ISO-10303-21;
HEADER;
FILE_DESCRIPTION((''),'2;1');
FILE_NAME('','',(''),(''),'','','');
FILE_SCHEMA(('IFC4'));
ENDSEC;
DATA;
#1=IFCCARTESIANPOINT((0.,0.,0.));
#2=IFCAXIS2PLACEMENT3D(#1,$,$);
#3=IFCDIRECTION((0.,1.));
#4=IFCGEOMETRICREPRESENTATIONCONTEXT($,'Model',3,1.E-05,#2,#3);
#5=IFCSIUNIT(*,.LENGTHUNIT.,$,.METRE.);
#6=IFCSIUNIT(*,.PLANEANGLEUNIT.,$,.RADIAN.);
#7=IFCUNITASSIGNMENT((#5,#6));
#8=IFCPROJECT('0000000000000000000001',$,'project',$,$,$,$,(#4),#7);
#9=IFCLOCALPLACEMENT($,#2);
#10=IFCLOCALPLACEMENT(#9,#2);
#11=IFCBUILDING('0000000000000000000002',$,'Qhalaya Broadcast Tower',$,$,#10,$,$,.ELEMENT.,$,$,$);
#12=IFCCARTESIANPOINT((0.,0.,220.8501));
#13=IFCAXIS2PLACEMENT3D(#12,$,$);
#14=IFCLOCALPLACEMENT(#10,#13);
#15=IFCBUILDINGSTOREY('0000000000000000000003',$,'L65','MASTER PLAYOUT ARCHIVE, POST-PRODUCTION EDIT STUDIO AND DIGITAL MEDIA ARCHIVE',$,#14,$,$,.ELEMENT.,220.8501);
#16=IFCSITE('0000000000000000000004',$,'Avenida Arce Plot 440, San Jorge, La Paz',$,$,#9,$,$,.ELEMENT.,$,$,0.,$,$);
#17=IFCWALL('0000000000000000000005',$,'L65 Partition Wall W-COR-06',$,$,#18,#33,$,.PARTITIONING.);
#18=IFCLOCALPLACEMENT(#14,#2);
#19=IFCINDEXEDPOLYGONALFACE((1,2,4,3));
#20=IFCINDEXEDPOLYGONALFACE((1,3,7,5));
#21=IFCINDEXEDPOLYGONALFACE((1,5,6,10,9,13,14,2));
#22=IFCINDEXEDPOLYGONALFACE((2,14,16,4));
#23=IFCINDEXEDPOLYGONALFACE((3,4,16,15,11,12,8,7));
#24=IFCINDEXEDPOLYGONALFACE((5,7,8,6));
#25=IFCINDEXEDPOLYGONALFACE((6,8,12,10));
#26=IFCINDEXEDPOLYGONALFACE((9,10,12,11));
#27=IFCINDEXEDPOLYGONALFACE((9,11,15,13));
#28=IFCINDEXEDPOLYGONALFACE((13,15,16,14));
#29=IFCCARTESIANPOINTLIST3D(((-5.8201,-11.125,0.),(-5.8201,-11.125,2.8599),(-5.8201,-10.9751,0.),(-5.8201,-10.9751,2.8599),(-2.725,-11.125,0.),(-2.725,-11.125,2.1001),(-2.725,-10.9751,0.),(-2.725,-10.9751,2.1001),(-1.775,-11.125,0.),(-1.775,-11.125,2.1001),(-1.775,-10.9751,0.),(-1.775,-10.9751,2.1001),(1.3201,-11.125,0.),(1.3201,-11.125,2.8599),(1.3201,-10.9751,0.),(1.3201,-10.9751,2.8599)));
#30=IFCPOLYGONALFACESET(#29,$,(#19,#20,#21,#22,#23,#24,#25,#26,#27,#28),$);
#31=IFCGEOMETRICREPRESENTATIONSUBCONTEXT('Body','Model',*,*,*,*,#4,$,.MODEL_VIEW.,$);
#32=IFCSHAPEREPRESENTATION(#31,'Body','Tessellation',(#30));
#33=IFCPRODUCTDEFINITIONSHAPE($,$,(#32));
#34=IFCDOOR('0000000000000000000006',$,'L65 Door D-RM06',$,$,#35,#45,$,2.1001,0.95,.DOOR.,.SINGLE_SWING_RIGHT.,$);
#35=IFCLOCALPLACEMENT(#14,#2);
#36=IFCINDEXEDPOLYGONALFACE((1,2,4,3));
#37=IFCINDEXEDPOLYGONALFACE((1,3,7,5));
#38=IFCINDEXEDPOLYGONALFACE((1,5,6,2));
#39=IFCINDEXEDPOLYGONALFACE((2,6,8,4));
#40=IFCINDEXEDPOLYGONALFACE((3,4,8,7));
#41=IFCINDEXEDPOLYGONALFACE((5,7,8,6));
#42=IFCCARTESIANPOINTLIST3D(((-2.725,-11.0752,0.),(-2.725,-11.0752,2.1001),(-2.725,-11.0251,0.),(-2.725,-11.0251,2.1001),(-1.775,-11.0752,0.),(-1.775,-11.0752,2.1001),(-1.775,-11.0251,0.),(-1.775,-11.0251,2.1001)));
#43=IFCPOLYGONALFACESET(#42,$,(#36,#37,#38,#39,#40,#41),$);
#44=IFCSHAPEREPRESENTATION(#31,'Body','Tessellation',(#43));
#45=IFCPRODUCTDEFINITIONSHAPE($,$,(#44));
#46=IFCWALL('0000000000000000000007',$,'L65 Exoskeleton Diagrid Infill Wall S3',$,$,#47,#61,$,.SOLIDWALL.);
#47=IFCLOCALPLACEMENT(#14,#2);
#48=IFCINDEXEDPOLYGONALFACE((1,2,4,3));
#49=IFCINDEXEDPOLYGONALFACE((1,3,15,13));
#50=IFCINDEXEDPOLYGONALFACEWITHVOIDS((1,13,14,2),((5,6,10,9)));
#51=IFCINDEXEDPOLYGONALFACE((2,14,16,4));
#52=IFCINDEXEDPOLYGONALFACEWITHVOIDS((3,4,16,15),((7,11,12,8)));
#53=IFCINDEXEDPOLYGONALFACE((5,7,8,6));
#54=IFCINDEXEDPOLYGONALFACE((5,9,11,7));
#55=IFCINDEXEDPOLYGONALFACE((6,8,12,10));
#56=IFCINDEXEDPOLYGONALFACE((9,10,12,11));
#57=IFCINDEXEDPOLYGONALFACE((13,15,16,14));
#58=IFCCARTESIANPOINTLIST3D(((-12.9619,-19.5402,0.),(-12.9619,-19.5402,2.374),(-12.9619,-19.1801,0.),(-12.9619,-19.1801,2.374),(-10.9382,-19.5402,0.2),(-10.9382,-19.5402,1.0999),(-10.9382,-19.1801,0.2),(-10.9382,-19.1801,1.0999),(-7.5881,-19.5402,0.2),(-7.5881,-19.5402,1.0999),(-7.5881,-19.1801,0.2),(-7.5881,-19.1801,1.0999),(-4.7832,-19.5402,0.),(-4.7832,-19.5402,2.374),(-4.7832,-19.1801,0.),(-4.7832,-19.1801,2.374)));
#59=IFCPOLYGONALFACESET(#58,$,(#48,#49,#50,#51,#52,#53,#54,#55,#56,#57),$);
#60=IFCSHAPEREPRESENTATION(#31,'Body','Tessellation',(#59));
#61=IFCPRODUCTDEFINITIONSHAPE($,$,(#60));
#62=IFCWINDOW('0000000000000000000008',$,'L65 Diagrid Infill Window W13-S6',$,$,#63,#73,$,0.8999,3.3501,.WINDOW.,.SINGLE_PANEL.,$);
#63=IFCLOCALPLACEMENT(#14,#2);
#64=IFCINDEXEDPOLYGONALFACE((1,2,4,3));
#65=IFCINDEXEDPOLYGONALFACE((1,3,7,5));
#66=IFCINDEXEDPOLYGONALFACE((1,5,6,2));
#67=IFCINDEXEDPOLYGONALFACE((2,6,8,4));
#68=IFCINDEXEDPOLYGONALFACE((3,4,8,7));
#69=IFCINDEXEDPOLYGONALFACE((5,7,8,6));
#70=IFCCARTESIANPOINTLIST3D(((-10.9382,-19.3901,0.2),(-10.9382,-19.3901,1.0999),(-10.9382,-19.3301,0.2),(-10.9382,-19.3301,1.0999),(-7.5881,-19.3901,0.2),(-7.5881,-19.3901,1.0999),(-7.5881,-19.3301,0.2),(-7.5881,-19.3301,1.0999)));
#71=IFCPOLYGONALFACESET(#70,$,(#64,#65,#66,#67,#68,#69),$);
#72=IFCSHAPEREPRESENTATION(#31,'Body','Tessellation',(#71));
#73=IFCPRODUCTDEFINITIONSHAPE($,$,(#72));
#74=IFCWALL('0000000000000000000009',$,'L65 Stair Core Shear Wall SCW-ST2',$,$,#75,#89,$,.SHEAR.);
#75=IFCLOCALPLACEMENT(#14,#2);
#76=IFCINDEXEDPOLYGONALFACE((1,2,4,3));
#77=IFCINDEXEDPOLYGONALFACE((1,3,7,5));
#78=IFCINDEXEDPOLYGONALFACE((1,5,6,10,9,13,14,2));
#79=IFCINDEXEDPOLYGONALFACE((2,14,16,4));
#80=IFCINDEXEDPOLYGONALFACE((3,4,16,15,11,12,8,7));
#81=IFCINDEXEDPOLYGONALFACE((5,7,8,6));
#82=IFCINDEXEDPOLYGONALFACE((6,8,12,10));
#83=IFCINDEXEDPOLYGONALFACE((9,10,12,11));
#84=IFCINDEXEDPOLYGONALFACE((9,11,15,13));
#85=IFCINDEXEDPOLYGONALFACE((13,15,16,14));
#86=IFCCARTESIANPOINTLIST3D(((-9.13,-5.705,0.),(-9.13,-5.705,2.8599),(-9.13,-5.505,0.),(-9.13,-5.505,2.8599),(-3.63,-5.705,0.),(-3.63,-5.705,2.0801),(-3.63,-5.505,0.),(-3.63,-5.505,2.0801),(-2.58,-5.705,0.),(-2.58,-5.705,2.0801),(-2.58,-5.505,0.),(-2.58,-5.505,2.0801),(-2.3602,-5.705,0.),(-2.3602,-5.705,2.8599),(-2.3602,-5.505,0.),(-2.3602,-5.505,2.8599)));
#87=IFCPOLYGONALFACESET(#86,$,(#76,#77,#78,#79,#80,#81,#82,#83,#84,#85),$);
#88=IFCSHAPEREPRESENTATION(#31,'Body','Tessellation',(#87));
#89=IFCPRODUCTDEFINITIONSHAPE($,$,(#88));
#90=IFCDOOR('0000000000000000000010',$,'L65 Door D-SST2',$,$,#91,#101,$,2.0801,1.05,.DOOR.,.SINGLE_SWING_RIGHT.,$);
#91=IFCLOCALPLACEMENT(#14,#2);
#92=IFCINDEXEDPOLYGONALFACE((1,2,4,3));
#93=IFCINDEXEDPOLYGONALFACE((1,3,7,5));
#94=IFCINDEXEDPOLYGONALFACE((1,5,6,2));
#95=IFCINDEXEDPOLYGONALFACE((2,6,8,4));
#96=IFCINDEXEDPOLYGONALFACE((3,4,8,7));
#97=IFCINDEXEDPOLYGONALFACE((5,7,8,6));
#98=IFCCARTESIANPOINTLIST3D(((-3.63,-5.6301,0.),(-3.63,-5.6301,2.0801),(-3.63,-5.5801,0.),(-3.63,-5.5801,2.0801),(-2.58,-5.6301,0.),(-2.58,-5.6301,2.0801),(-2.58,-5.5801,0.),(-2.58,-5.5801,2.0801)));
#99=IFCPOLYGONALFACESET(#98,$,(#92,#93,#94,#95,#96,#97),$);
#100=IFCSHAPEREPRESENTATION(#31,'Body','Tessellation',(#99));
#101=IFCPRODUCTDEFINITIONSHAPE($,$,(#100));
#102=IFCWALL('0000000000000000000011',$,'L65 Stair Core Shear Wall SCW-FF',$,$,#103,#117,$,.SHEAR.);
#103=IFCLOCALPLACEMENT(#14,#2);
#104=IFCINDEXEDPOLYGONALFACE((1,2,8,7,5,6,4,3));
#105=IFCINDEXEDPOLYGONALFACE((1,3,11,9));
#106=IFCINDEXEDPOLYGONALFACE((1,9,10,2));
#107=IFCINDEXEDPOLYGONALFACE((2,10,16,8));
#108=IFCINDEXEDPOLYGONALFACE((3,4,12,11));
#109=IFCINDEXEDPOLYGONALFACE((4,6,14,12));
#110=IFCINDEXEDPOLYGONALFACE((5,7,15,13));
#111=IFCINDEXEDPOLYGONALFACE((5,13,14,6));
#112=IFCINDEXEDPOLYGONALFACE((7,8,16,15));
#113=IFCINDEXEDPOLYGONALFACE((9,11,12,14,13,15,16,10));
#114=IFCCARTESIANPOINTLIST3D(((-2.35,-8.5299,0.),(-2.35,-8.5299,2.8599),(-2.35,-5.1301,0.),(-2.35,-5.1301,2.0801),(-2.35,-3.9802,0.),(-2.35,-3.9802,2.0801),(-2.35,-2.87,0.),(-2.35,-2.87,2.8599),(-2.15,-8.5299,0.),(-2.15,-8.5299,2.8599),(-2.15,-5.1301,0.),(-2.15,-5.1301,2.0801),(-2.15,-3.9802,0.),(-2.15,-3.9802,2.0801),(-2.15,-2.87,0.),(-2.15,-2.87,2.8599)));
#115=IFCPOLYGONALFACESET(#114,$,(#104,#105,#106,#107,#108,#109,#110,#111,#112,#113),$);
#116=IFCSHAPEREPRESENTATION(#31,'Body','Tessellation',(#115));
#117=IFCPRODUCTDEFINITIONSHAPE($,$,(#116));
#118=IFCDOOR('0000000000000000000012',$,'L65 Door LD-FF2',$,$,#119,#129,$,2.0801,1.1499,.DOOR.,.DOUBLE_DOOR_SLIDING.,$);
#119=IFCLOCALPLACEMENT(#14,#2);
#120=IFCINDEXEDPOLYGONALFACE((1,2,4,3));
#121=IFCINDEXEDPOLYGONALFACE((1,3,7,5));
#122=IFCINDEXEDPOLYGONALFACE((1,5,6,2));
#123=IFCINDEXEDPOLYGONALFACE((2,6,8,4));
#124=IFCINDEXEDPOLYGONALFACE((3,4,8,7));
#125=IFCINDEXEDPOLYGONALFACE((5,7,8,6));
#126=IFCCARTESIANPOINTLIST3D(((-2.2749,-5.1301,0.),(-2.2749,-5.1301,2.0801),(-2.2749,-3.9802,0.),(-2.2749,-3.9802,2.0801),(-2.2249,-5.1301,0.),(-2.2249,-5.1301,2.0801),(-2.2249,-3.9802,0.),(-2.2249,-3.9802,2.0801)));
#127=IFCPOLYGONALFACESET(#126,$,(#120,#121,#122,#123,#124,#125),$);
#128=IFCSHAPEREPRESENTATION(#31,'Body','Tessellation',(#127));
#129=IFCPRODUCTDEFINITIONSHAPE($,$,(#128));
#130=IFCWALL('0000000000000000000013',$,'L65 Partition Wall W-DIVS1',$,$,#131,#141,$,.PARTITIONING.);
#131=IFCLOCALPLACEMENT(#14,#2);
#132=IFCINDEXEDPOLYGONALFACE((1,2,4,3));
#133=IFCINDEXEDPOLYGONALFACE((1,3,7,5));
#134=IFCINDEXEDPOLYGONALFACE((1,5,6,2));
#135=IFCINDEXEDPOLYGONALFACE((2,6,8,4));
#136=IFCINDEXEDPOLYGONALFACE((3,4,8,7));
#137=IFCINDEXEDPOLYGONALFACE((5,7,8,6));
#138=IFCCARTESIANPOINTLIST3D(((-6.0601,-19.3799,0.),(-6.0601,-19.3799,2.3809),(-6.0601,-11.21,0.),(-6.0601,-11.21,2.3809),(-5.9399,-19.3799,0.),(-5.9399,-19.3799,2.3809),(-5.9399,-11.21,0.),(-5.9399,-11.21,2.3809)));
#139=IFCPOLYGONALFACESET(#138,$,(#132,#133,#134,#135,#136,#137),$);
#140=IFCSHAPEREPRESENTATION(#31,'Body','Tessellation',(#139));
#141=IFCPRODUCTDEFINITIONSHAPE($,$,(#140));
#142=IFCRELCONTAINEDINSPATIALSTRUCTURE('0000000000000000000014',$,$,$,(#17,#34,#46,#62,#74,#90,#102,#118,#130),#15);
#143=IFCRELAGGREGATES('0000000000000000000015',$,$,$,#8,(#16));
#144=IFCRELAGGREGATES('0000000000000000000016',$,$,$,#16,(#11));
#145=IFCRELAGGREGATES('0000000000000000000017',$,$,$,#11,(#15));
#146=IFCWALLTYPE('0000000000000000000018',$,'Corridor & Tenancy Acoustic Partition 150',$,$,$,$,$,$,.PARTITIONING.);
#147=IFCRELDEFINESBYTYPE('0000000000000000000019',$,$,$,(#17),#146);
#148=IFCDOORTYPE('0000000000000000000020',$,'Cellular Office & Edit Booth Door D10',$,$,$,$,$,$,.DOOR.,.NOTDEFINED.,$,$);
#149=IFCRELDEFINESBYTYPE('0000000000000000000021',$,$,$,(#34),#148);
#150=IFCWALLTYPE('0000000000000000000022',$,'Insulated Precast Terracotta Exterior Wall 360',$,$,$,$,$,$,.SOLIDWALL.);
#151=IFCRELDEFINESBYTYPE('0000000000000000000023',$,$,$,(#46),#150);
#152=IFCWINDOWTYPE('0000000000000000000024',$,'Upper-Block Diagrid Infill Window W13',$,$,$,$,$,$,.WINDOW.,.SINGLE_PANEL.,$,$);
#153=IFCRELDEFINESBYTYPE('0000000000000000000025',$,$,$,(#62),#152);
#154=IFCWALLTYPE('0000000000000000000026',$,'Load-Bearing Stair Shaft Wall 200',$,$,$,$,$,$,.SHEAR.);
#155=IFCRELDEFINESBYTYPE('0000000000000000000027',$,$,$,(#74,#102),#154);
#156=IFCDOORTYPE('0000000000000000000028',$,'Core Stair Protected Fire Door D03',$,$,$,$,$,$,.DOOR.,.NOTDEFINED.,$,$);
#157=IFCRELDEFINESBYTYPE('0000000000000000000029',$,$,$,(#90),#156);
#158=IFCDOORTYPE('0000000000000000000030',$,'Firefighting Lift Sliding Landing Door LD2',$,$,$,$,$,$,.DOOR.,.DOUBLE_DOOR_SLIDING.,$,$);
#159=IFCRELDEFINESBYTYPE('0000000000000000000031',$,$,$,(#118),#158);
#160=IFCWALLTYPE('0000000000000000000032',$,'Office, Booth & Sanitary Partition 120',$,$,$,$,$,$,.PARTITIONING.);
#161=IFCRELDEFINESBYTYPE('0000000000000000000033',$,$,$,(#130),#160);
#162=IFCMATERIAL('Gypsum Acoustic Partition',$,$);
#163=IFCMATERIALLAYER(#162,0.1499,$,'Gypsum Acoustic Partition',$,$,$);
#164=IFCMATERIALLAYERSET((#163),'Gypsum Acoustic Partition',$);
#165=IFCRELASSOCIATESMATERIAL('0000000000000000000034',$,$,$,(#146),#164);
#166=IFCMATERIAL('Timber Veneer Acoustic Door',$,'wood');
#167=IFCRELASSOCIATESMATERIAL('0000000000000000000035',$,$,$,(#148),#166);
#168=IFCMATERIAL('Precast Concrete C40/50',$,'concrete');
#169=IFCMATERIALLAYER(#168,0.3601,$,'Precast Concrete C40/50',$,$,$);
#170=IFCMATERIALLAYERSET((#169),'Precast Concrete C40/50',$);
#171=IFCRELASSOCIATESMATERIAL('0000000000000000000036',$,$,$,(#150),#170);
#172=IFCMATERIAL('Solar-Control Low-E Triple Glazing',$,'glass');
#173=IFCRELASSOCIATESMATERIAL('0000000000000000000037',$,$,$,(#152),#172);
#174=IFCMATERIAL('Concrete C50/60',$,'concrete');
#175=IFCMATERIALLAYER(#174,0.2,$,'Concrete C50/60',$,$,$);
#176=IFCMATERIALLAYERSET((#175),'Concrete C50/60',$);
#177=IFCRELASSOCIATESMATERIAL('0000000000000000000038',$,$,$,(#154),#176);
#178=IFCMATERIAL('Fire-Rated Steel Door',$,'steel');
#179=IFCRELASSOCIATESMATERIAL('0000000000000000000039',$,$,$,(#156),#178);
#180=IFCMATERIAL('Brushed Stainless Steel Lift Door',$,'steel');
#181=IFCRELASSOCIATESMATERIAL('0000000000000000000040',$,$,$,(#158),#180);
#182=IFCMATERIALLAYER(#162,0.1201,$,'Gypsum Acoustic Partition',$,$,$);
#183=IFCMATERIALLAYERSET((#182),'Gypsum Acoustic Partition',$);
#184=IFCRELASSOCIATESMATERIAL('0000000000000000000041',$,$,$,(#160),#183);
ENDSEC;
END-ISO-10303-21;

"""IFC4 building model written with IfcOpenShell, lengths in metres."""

from ifc_helpers import new_model, si_unit, direction, frame, frame_2d, origin, place, context, subcontext, project, spatial, rectangle, extrude, material, layer, layer_set, type_object, element, fill, save


model = new_model("IFC4")

# Units and contexts
model_context = context("Model", 3, precision=1e-05, world=origin(), true_north=direction((0.0, 1.0)))
body_context = subcontext(model_context, "Body", "Model", "MODEL_VIEW")
ifc_project = project(units=[si_unit("LENGTHUNIT", "METRE"), si_unit("PLANEANGLEUNIT", "RADIAN")], contexts=[model_context])

# Site, building, storey
site_placement = place(None, origin())
site = spatial("IfcSite", under=ifc_project, at=site_placement, Name="Avenida Arce Plot 440, San Jorge, La Paz", CompositionType="ELEMENT", RefElevation=0.0)
building_placement = place(site_placement, origin())
building = spatial("IfcBuilding", under=site, at=building_placement, Name="Qhalaya Broadcast Tower", CompositionType="ELEMENT")
storey_placement = place(building_placement, frame((0.0, 0.0, 220.8501)))
storey = spatial("IfcBuildingStorey", under=building, at=storey_placement, Name="L65", Description="MASTER PLAYOUT ARCHIVE, POST-PRODUCTION EDIT STUDIO AND DIGITAL MEDIA ARCHIVE", CompositionType="ELEMENT", Elevation=220.8501)

# Shared definitions
ifc_material_1 = material(Name="Concrete C50/60", Category="concrete")

# Wall, opening, door
ifc_material_2 = material(Name="Gypsum Acoustic Partition")
ifc_layer_1 = layer(ifc_material_2, 0.1499, Name="Gypsum Acoustic Partition")
ifc_layer_set_1 = layer_set([ifc_layer_1], Name="Gypsum Acoustic Partition")
wall_type_1 = type_object("IfcWallType", Name="Corridor & Tenancy Acoustic Partition 150", PredefinedType="PARTITIONING", material=ifc_layer_set_1)
wall_1_placement = place(storey_placement, frame((-5.8201, -11.05, 0.0), z_axis=(0.0, 0.0, 1.0), x_axis=(1.0, 0.0, 0.0)))
wall_1 = element("IfcWall", 1, at=wall_1_placement, inside=storey, type_object=wall_type_1, Name="L65 Partition Wall W-COR-06", PredefinedType="PARTITIONING", context=body_context, shape_type="SweptSolid", body=[
    extrude(rectangle(XDim=7.1401, YDim=0.1499, at=frame_2d((3.5701, 0.0))), origin(), (0.0, 0.0, 1.0), 2.8599),
])
opening_1_placement = place(wall_1_placement, frame((3.095, 0.0, 0.0)))
opening_1 = element("IfcOpeningElement", 2, at=opening_1_placement, cuts=wall_1, PredefinedType="OPENING", context=body_context, shape_type="SweptSolid", body=[
    extrude(rectangle(XDim=0.95, YDim=2.1001, at=frame_2d((0.4751, 1.05))), frame((0.0, 0.0869, 0.0), z_axis=(0.0, -1.0, 0.0), x_axis=(1.0, 0.0, 0.0)), (0.0, 0.0, 1.0), 0.1738),
])
ifc_material_3 = material(Name="Timber Veneer Acoustic Door", Category="wood")
door_type_1 = type_object("IfcDoorType", Name="Cellular Office & Edit Booth Door D10", OperationType="NOTDEFINED", PredefinedType="DOOR", material=ifc_material_3)
door_1_placement = place(opening_1_placement, origin())
door_1 = element("IfcDoor", 3, at=door_1_placement, inside=storey, type_object=door_type_1, Name="L65 Door D-RM06", OperationType="SINGLE_SWING_RIGHT", OverallHeight=2.1001, OverallWidth=0.95, PredefinedType="DOOR", context=body_context, shape_type="SweptSolid", body=[
    extrude(rectangle(XDim=0.95, YDim=2.1001, at=frame_2d((0.4751, 1.05))), frame((0.0, 0.0249, 0.0), z_axis=(0.0, -1.0, 0.0), x_axis=(1.0, 0.0, 0.0)), (0.0, 0.0, 1.0), 0.05),
])
fill(opening_1, door_1)

# Wall, opening, window
ifc_material_4 = material(Name="Precast Concrete C40/50", Category="concrete")
ifc_layer_2 = layer(ifc_material_4, 0.3601, Name="Precast Concrete C40/50")
ifc_layer_set_2 = layer_set([ifc_layer_2], Name="Precast Concrete C40/50")
wall_type_2 = type_object("IfcWallType", Name="Insulated Precast Terracotta Exterior Wall 360", PredefinedType="SOLIDWALL", material=ifc_layer_set_2)
wall_2_placement = place(storey_placement, frame((-4.7832, -19.3601, 0.0), z_axis=(0.0, 0.0, 1.0), x_axis=(-1.0, 0.0, 0.0)))
wall_2 = element("IfcWall", 4, at=wall_2_placement, inside=storey, type_object=wall_type_2, Name="L65 Exoskeleton Diagrid Infill Wall S3", PredefinedType="SOLIDWALL", context=body_context, shape_type="SweptSolid", body=[
    extrude(rectangle(XDim=8.1787, YDim=0.3601, at=frame_2d((4.0894, 0.0))), origin(), (0.0, 0.0, 1.0), 2.374),
])
opening_2_placement = place(wall_2_placement, frame((2.8049, 0.0, 0.2)))
opening_2 = element("IfcOpeningElement", 5, at=opening_2_placement, cuts=wall_2, PredefinedType="OPENING", context=body_context, shape_type="SweptSolid", body=[
    extrude(rectangle(XDim=3.3501, YDim=0.8999, at=frame_2d((1.675, 0.45))), frame((0.0, 0.1921, 0.0), z_axis=(0.0, -1.0, 0.0), x_axis=(1.0, 0.0, 0.0)), (0.0, 0.0, 1.0), 0.384),
])
ifc_material_5 = material(Name="Solar-Control Low-E Triple Glazing", Category="glass")
window_type = type_object("IfcWindowType", Name="Upper-Block Diagrid Infill Window W13", PartitioningType="SINGLE_PANEL", PredefinedType="WINDOW", material=ifc_material_5)
window_placement = place(opening_2_placement, origin())
window = element("IfcWindow", 6, at=window_placement, inside=storey, type_object=window_type, Name="L65 Diagrid Infill Window W13-S6", OverallHeight=0.8999, OverallWidth=3.3501, PartitioningType="SINGLE_PANEL", PredefinedType="WINDOW", context=body_context, shape_type="SweptSolid", body=[
    extrude(rectangle(XDim=3.3501, YDim=0.8999, at=frame_2d((1.675, 0.45))), frame((0.0, 0.03, 0.0), z_axis=(0.0, -1.0, 0.0), x_axis=(1.0, 0.0, 0.0)), (0.0, 0.0, 1.0), 0.0601),
])
fill(opening_2, window)

# Walls, openings, doors
ifc_layer_3 = layer(ifc_material_1, 0.2, Name="Concrete C50/60")
ifc_layer_set_3 = layer_set([ifc_layer_3], Name="Concrete C50/60")
wall_type_3 = type_object("IfcWallType", Name="Load-Bearing Stair Shaft Wall 200", PredefinedType="SHEAR", material=ifc_layer_set_3)
wall_3_placement = place(storey_placement, frame((-9.1299, -5.605, 0.0), z_axis=(0.0, 0.0, 1.0), x_axis=(1.0, 0.0, 0.0)))
wall_3 = element("IfcWall", 7, at=wall_3_placement, inside=storey, type_object=wall_type_3, Name="L65 Stair Core Shear Wall SCW-ST2", PredefinedType="SHEAR", context=body_context, shape_type="SweptSolid", body=[
    extrude(rectangle(XDim=6.7698, YDim=0.2, at=frame_2d((3.3848, 0.0))), origin(), (0.0, 0.0, 1.0), 2.8599),
])
opening_3_placement = place(wall_3_placement, frame((5.5, 0.0, 0.0)))
opening_3 = element("IfcOpeningElement", 8, at=opening_3_placement, cuts=wall_3, PredefinedType="OPENING", context=body_context, shape_type="SweptSolid", body=[
    extrude(rectangle(XDim=1.05, YDim=2.0801, at=frame_2d((0.5249, 1.04))), frame((0.0, 0.1121, 0.0), z_axis=(0.0, -1.0, 0.0), x_axis=(1.0, 0.0, 0.0)), (0.0, 0.0, 1.0), 0.2239),
])
ifc_material_6 = material(Name="Fire-Rated Steel Door", Category="steel")
door_type_2 = type_object("IfcDoorType", Name="Core Stair Protected Fire Door D03", OperationType="NOTDEFINED", PredefinedType="DOOR", material=ifc_material_6)
door_2_placement = place(opening_3_placement, origin())
door_2 = element("IfcDoor", 9, at=door_2_placement, inside=storey, type_object=door_type_2, Name="L65 Door D-SST2", OperationType="SINGLE_SWING_RIGHT", OverallHeight=2.0801, OverallWidth=1.05, PredefinedType="DOOR", context=body_context, shape_type="SweptSolid", body=[
    extrude(rectangle(XDim=1.05, YDim=2.0801, at=frame_2d((0.5249, 1.04))), frame((0.0, 0.0249, 0.0), z_axis=(0.0, -1.0, 0.0), x_axis=(1.0, 0.0, 0.0)), (0.0, 0.0, 1.0), 0.05),
])
fill(opening_3, door_2)
wall_4_placement = place(storey_placement, frame((-2.25, -8.53, 0.0), z_axis=(0.0, 0.0, 1.0), x_axis=(0.0, 1.0, 0.0)))
wall_4 = element("IfcWall", 10, at=wall_4_placement, inside=storey, type_object=wall_type_3, Name="L65 Stair Core Shear Wall SCW-FF", PredefinedType="SHEAR", context=body_context, shape_type="SweptSolid", body=[
    extrude(rectangle(XDim=5.6599, YDim=0.2, at=frame_2d((2.8301, 0.0))), origin(), (0.0, 0.0, 1.0), 2.8599),
])
opening_4_placement = place(wall_4_placement, frame((3.3999, 0.0, 0.0)))
opening_4 = element("IfcOpeningElement", 11, at=opening_4_placement, cuts=wall_4, PredefinedType="OPENING", context=body_context, shape_type="SweptSolid", body=[
    extrude(rectangle(XDim=1.1499, YDim=2.0801, at=frame_2d((0.575, 1.04))), frame((0.0, 0.1121, 0.0), z_axis=(0.0, -1.0, 0.0), x_axis=(1.0, 0.0, 0.0)), (0.0, 0.0, 1.0), 0.2239),
])
ifc_material_7 = material(Name="Brushed Stainless Steel Lift Door", Category="steel")
door_type_3 = type_object("IfcDoorType", Name="Firefighting Lift Sliding Landing Door LD2", OperationType="DOUBLE_DOOR_SLIDING", PredefinedType="DOOR", material=ifc_material_7)
door_3_placement = place(opening_4_placement, origin())
door_3 = element("IfcDoor", 12, at=door_3_placement, inside=storey, type_object=door_type_3, Name="L65 Door LD-FF2", OperationType="DOUBLE_DOOR_SLIDING", OverallHeight=2.0801, OverallWidth=1.1499, PredefinedType="DOOR", context=body_context, shape_type="SweptSolid", body=[
    extrude(rectangle(XDim=1.1499, YDim=2.0801, at=frame_2d((0.575, 1.04))), frame((0.0, 0.0249, 0.0), z_axis=(0.0, -1.0, 0.0), x_axis=(1.0, 0.0, 0.0)), (0.0, 0.0, 1.0), 0.05),
])
fill(opening_4, door_3)

# Wall
ifc_layer_4 = layer(ifc_material_2, 0.1201, Name="Gypsum Acoustic Partition")
ifc_layer_set_4 = layer_set([ifc_layer_4], Name="Gypsum Acoustic Partition")
wall_type_4 = type_object("IfcWallType", Name="Office, Booth & Sanitary Partition 120", PredefinedType="PARTITIONING", material=ifc_layer_set_4)
wall_5_placement = place(storey_placement, frame((-6.0, -19.3799, 0.0), z_axis=(0.0, 0.0, 1.0), x_axis=(0.0, 1.0, 0.0)))
element("IfcWall", 13, at=wall_5_placement, inside=storey, type_object=wall_type_4, Name="L65 Partition Wall W-DIVS1", PredefinedType="PARTITIONING", context=body_context, shape_type="SweptSolid", body=[
    extrude(rectangle(XDim=8.1699, YDim=0.1201, at=frame_2d((4.085, 0.0))), origin(), (0.0, 0.0, 1.0), 2.3809),
])

save(model, "model.ifc")
